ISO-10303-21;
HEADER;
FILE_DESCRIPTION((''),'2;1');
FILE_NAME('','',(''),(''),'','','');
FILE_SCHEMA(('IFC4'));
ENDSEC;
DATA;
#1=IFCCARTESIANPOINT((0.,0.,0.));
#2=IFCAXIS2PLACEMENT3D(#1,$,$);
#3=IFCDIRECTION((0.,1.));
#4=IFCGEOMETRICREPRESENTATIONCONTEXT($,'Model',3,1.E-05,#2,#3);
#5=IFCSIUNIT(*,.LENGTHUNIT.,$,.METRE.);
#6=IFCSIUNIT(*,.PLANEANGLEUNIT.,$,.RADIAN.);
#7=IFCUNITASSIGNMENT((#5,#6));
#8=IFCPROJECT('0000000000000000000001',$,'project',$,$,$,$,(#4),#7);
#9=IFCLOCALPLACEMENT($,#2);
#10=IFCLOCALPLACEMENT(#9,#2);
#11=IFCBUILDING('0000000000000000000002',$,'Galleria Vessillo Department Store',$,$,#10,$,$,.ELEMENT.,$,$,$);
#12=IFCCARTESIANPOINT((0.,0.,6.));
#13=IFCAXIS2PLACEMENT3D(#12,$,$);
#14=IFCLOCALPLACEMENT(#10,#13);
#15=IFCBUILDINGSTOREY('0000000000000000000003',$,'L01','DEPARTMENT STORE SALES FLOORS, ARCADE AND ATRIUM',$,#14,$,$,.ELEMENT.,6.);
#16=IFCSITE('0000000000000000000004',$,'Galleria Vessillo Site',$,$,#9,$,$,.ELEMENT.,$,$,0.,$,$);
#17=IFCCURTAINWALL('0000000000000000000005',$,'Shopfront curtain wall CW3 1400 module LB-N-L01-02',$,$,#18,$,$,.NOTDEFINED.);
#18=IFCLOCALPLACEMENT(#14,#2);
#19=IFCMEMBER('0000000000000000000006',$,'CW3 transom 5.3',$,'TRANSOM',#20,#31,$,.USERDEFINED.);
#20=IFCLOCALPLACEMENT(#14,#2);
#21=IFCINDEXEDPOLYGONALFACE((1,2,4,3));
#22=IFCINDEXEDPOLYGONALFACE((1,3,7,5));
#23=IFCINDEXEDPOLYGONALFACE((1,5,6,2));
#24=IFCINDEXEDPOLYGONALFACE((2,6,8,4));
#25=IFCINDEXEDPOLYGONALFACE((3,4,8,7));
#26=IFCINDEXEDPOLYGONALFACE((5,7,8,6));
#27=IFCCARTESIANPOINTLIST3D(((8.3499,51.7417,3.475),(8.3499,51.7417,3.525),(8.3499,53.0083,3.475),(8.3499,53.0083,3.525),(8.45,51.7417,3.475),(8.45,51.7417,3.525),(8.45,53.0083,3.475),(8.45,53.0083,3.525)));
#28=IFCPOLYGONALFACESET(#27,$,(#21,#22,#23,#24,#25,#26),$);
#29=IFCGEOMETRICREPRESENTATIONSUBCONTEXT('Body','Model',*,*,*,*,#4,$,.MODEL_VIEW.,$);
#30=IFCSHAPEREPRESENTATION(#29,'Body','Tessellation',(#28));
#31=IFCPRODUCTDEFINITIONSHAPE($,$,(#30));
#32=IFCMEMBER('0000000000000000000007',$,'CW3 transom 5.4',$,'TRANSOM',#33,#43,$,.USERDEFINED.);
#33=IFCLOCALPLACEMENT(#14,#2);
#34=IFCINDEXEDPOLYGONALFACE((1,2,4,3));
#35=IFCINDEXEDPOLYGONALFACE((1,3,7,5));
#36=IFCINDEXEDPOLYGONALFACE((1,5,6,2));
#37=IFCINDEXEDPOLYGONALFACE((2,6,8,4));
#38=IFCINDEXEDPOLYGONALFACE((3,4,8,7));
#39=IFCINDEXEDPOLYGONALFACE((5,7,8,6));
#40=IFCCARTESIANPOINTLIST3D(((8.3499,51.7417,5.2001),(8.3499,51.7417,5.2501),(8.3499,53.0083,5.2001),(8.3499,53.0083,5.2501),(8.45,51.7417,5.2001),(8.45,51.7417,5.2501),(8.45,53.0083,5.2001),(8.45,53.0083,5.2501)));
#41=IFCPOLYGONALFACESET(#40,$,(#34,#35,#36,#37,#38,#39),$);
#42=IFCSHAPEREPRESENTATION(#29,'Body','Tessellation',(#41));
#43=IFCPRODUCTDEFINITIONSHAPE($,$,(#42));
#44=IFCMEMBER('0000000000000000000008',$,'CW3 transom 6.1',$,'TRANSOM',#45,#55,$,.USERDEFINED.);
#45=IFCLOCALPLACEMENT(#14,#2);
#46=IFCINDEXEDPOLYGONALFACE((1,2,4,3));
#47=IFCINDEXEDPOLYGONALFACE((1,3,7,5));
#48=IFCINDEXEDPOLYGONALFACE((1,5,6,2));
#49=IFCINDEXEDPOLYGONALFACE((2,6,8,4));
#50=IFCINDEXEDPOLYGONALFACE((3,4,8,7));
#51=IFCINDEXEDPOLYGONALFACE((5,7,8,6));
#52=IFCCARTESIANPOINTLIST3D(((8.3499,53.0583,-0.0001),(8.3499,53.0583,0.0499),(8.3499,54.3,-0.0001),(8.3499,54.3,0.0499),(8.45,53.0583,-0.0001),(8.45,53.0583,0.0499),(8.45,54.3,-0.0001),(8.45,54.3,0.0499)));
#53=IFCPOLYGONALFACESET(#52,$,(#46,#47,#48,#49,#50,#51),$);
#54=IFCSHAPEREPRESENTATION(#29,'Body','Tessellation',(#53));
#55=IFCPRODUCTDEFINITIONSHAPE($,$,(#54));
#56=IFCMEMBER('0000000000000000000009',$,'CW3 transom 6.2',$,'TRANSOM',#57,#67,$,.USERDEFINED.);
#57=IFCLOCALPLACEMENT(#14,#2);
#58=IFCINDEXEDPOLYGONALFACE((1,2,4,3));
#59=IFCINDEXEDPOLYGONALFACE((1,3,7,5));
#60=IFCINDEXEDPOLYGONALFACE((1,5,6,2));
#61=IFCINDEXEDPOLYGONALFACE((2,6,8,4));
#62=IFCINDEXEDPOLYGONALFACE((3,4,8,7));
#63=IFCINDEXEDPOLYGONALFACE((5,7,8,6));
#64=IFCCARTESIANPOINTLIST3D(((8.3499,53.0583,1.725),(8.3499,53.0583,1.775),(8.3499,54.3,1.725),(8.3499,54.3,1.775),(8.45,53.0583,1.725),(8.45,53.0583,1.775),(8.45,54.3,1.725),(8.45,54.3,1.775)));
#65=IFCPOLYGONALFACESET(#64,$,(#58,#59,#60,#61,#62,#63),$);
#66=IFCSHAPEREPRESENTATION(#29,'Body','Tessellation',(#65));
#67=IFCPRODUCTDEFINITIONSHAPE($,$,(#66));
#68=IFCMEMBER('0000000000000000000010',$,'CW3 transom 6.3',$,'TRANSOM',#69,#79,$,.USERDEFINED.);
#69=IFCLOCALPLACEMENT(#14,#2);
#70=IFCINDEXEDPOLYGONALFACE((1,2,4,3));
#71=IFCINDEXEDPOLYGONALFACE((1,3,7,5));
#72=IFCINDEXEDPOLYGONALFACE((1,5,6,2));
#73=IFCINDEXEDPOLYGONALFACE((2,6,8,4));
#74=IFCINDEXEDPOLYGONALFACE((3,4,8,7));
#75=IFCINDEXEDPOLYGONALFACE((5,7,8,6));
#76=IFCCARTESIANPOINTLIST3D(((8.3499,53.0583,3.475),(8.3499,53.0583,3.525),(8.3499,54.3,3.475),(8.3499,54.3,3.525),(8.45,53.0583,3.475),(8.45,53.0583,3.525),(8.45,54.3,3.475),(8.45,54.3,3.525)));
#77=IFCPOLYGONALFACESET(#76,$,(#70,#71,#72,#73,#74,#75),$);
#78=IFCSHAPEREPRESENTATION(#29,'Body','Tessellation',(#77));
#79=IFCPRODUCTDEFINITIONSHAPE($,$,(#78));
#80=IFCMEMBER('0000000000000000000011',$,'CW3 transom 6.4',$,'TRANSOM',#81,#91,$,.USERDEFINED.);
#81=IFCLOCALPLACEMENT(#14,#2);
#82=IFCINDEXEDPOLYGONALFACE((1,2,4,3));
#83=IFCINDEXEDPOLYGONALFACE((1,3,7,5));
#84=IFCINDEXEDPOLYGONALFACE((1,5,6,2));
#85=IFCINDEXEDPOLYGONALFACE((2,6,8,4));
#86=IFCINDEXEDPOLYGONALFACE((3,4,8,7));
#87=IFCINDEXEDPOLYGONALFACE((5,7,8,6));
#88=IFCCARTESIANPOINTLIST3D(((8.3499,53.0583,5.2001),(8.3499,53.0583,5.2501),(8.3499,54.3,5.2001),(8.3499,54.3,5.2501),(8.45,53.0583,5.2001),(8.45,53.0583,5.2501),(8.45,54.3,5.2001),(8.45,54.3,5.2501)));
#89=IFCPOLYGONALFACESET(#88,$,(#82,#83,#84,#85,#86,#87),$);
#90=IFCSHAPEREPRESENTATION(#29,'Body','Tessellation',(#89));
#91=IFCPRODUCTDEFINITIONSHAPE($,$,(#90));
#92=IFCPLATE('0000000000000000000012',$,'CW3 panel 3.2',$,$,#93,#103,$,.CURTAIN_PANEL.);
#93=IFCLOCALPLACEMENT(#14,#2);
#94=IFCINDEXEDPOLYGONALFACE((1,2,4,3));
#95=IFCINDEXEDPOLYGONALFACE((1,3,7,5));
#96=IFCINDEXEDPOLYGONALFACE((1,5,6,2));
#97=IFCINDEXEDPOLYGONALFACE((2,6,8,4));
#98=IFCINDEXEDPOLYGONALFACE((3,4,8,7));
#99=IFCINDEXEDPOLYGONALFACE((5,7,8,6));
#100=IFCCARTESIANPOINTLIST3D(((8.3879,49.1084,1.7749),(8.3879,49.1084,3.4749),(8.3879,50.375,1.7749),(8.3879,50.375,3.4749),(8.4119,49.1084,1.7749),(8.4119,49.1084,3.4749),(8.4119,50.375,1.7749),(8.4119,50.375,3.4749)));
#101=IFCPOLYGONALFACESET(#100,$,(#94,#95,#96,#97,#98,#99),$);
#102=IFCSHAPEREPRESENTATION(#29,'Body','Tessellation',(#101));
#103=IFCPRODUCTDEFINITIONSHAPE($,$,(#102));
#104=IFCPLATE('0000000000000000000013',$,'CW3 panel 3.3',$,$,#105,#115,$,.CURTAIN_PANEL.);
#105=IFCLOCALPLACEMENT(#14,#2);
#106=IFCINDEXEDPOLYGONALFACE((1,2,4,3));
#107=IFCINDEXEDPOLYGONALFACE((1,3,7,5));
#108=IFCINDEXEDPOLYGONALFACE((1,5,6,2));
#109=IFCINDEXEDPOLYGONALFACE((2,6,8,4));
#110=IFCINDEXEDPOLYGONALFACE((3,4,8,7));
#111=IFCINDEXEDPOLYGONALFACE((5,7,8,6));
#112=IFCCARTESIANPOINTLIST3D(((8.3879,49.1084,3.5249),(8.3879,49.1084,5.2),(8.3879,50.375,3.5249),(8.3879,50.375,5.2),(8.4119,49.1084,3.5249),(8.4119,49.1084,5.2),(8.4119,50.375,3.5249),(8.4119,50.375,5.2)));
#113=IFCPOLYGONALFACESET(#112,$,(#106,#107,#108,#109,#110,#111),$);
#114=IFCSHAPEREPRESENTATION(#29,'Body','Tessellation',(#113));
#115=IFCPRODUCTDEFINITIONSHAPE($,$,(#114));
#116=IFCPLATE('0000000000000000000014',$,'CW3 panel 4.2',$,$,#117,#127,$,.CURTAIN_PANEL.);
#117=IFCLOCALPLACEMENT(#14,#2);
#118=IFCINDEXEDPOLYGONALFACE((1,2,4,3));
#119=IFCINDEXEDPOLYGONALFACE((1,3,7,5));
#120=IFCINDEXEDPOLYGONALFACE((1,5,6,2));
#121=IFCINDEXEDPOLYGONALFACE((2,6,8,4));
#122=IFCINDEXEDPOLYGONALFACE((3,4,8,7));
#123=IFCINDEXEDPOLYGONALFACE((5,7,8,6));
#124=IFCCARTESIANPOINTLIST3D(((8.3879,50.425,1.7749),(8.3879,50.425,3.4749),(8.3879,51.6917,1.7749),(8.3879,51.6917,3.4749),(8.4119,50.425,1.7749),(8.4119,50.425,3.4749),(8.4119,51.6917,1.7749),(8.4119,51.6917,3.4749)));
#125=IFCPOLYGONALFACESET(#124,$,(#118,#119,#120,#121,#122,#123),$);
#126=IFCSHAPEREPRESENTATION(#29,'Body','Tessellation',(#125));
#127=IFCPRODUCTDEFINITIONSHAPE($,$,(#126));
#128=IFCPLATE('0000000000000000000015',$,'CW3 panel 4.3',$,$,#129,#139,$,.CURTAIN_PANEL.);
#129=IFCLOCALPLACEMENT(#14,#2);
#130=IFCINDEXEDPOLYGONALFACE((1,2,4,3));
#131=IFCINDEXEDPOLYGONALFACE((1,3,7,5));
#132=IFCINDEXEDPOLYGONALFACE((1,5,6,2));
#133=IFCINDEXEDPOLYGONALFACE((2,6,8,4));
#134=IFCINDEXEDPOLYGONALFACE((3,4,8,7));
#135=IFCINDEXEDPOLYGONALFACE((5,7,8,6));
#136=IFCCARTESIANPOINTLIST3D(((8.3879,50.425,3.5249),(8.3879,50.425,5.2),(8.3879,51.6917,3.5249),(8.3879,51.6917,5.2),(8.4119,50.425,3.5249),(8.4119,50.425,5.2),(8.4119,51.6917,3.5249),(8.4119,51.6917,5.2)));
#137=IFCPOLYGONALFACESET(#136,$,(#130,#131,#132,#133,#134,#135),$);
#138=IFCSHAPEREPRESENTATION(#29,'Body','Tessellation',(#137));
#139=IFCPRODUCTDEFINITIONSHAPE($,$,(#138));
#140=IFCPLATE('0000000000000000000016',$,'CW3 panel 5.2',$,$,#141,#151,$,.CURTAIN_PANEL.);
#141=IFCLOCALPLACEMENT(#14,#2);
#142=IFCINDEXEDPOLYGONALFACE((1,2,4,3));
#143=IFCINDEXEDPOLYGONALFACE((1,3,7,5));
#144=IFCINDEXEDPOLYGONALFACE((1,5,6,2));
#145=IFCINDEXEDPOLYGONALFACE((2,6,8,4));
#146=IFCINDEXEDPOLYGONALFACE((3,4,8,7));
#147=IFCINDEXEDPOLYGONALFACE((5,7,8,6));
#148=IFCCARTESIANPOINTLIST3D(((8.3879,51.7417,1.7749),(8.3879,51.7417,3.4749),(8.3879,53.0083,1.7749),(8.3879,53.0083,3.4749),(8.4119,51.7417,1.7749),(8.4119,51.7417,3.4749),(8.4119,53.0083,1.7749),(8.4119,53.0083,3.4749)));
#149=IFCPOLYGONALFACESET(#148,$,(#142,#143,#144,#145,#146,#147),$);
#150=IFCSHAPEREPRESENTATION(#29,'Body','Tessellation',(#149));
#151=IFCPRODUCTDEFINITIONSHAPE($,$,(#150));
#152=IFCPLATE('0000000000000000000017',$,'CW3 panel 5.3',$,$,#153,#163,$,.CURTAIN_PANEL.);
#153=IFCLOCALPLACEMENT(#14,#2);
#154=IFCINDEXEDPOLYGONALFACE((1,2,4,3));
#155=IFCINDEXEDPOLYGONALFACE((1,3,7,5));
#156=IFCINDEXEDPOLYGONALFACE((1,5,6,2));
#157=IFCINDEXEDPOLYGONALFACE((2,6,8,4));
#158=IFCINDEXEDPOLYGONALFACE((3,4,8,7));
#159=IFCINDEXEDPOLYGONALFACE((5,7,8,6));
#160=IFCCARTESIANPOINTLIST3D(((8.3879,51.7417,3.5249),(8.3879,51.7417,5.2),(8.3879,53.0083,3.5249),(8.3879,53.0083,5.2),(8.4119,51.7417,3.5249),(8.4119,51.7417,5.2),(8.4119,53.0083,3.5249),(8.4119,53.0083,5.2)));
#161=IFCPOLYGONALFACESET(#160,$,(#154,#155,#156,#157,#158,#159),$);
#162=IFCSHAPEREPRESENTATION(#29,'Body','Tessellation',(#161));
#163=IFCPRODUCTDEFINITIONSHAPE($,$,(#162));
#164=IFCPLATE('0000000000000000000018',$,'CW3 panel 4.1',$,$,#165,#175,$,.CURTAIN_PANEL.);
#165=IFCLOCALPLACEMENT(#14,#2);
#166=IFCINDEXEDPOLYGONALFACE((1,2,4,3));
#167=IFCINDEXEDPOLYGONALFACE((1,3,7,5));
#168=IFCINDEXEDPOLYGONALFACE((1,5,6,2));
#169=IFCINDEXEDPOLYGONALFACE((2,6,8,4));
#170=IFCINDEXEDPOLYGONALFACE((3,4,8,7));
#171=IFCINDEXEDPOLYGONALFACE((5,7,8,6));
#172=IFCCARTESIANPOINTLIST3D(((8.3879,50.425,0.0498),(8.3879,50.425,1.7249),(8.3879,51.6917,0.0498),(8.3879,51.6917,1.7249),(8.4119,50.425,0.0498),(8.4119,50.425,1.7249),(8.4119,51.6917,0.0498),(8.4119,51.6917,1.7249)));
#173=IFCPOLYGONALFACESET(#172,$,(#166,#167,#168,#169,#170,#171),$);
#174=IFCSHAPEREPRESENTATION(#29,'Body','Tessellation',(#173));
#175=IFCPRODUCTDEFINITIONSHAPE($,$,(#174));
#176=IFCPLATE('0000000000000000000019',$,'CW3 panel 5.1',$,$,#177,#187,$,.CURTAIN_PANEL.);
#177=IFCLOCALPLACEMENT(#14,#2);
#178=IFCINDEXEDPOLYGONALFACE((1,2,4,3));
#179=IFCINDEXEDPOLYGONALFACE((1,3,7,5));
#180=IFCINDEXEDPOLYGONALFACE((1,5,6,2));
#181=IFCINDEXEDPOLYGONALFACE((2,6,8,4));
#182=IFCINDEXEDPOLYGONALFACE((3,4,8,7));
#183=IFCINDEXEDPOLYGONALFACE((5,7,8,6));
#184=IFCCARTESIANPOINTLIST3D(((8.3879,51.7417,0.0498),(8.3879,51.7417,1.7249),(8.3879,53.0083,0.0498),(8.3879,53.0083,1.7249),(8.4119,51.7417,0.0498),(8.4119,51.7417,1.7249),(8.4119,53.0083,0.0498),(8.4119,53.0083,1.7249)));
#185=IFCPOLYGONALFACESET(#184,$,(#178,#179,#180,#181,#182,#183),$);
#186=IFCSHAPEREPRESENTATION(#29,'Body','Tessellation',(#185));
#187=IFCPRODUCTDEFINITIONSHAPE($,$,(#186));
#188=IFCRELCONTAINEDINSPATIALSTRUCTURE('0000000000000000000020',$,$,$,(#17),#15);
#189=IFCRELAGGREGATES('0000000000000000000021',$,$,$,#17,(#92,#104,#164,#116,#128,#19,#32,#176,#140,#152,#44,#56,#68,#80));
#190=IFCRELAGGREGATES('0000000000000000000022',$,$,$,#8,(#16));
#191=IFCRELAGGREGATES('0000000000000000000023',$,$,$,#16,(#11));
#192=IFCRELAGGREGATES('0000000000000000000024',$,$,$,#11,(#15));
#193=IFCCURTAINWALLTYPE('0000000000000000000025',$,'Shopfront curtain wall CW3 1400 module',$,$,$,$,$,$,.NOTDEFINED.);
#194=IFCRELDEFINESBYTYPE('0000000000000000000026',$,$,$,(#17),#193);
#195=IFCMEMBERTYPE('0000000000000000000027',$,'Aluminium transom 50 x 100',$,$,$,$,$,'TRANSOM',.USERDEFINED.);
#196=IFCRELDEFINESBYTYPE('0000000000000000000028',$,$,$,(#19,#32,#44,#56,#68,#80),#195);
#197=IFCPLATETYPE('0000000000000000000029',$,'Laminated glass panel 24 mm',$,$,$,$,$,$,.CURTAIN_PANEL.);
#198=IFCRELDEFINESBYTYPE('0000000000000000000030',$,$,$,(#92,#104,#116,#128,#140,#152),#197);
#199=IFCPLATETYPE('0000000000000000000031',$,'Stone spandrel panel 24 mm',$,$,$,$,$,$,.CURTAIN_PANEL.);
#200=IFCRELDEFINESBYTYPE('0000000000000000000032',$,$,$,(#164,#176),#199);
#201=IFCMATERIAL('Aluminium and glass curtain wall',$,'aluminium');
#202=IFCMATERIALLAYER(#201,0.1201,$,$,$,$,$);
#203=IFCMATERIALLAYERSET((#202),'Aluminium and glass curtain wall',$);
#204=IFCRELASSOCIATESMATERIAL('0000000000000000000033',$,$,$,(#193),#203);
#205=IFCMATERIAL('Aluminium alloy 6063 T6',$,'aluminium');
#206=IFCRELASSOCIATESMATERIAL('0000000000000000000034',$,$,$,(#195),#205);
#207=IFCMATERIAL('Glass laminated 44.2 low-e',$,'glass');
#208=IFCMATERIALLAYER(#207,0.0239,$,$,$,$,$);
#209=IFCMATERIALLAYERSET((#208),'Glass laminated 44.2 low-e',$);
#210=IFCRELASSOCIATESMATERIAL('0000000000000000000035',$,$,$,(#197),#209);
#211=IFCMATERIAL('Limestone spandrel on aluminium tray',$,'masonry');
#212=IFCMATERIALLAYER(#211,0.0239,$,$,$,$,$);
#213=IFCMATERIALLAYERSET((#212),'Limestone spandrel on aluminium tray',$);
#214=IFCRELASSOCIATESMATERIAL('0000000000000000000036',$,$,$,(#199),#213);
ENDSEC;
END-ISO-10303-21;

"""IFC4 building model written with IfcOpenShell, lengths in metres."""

from ifc_helpers import new_model, si_unit, direction, frame, origin, origin_2d, place, context, subcontext, project, spatial, rectangle, extrude, material, layer, layer_set, material_profile, profile_set, type_object, element, aggregate, save


model = new_model("IFC4")

# Units and contexts
model_context = context("Model", 3, precision=1e-05, world=origin(), true_north=direction((0.0, 1.0)))
body_context = subcontext(model_context, "Body", "Model", "MODEL_VIEW")
ifc_project = project(units=[si_unit("LENGTHUNIT", "METRE"), si_unit("PLANEANGLEUNIT", "RADIAN")], contexts=[model_context])

# Site, building, storey
site_placement = place(None, origin())
site = spatial("IfcSite", under=ifc_project, at=site_placement, Name="Galleria Vessillo Site", CompositionType="ELEMENT", RefElevation=0.0)
building_placement = place(site_placement, origin())
building = spatial("IfcBuilding", under=site, at=building_placement, Name="Galleria Vessillo Department Store", CompositionType="ELEMENT")
storey_placement = place(building_placement, frame((0.0, 0.0, 6.0)))
storey = spatial("IfcBuildingStorey", under=building, at=storey_placement, Name="L01", Description="DEPARTMENT STORE SALES FLOORS, ARCADE AND ATRIUM", CompositionType="ELEMENT", Elevation=6.0)

# Curtain wall, members, plates
ifc_material_1 = material(Name="Aluminium and glass curtain wall", Category="aluminium")
ifc_layer_1 = layer(ifc_material_1, 0.1201)
ifc_layer_set_1 = layer_set([ifc_layer_1], Name="Aluminium and glass curtain wall")
curtain_wall_type = type_object("IfcCurtainWallType", Name="Shopfront curtain wall CW3 1400 module", PredefinedType="NOTDEFINED", material=ifc_layer_set_1)
curtain_wall_placement = place(storey_placement, origin())
curtain_wall = element("IfcCurtainWall", 1, at=curtain_wall_placement, inside=storey, type_object=curtain_wall_type, Name="Shopfront curtain wall CW3 1400 module LB-N-L01-02", PredefinedType="NOTDEFINED")
ifc_material_2 = material(Name="Aluminium alloy 6063 T6", Category="aluminium")
ifc_material_profile_1 = material_profile(ifc_material_2, rectangle(XDim=0.1001, YDim=0.05, at=origin_2d()), Name="AL 50x100")
ifc_profile_set_1 = profile_set([ifc_material_profile_1], Name="Aluminium alloy 6063 T6")
member_type_1 = type_object("IfcMemberType", Name="Aluminium transom 50 x 100", ElementType="TRANSOM", PredefinedType="USERDEFINED", material=ifc_profile_set_1)
member_1_placement = place(storey_placement, frame((8.3999, 51.7417, 3.5), z_axis=(0.0, 1.0, 0.0), x_axis=(-1.0, 0.0, 0.0)))
member_1 = element("IfcMember", 2, at=member_1_placement, type_object=member_type_1, Name="CW3 transom 5.3", ObjectType="TRANSOM", PredefinedType="USERDEFINED", context=body_context, shape_type="SweptSolid", body=[
    extrude(rectangle(XDim=0.1001, YDim=0.05, at=origin_2d()), origin(), (0.0, 0.0, 1.0), 1.2666),
])
member_2_placement = place(storey_placement, frame((8.3999, 51.7417, 5.2251), z_axis=(0.0, 1.0, 0.0), x_axis=(-1.0, 0.0, 0.0)))
member_2 = element("IfcMember", 3, at=member_2_placement, type_object=member_type_1, Name="CW3 transom 5.4", ObjectType="TRANSOM", PredefinedType="USERDEFINED", context=body_context, shape_type="SweptSolid", body=[
    extrude(rectangle(XDim=0.1001, YDim=0.05, at=origin_2d()), origin(), (0.0, 0.0, 1.0), 1.2666),
])
member_3_placement = place(storey_placement, frame((8.3999, 53.0583, 0.0249), z_axis=(0.0, 1.0, 0.0), x_axis=(-1.0, 0.0, 0.0)))
member_3 = element("IfcMember", 4, at=member_3_placement, type_object=member_type_1, Name="CW3 transom 6.1", ObjectType="TRANSOM", PredefinedType="USERDEFINED", context=body_context, shape_type="SweptSolid", body=[
    extrude(rectangle(XDim=0.1001, YDim=0.05, at=origin_2d()), origin(), (0.0, 0.0, 1.0), 1.2417),
])
member_4_placement = place(storey_placement, frame((8.3999, 53.0583, 1.75), z_axis=(0.0, 1.0, 0.0), x_axis=(-1.0, 0.0, 0.0)))
member_4 = element("IfcMember", 5, at=member_4_placement, type_object=member_type_1, Name="CW3 transom 6.2", ObjectType="TRANSOM", PredefinedType="USERDEFINED", context=body_context, shape_type="SweptSolid", body=[
    extrude(rectangle(XDim=0.1001, YDim=0.05, at=origin_2d()), origin(), (0.0, 0.0, 1.0), 1.2417),
])
member_5_placement = place(storey_placement, frame((8.3999, 53.0583, 3.5), z_axis=(0.0, 1.0, 0.0), x_axis=(-1.0, 0.0, 0.0)))
member_5 = element("IfcMember", 6, at=member_5_placement, type_object=member_type_1, Name="CW3 transom 6.3", ObjectType="TRANSOM", PredefinedType="USERDEFINED", context=body_context, shape_type="SweptSolid", body=[
    extrude(rectangle(XDim=0.1001, YDim=0.05, at=origin_2d()), origin(), (0.0, 0.0, 1.0), 1.2417),
])
member_6_placement = place(storey_placement, frame((8.3999, 53.0583, 5.2251), z_axis=(0.0, 1.0, 0.0), x_axis=(-1.0, 0.0, 0.0)))
member_6 = element("IfcMember", 7, at=member_6_placement, type_object=member_type_1, Name="CW3 transom 6.4", ObjectType="TRANSOM", PredefinedType="USERDEFINED", context=body_context, shape_type="SweptSolid", body=[
    extrude(rectangle(XDim=0.1001, YDim=0.05, at=origin_2d()), origin(), (0.0, 0.0, 1.0), 1.2417),
])
ifc_material_3 = material(Name="Glass laminated 44.2 low-e", Category="glass")
ifc_layer_2 = layer(ifc_material_3, 0.0239)
ifc_layer_set_2 = layer_set([ifc_layer_2], Name="Glass laminated 44.2 low-e")
plate_type_1 = type_object("IfcPlateType", Name="Laminated glass panel 24 mm", PredefinedType="CURTAIN_PANEL", material=ifc_layer_set_2)
plate_1_placement = place(storey_placement, frame((8.3999, 49.7417, 1.7749), z_axis=(0.0, 0.0, 1.0), x_axis=(0.0, 1.0, 0.0)))
plate_1 = element("IfcPlate", 8, at=plate_1_placement, type_object=plate_type_1, Name="CW3 panel 3.2", PredefinedType="CURTAIN_PANEL", context=body_context, shape_type="SweptSolid", body=[
    extrude(rectangle(XDim=1.2666, YDim=0.0239, at=origin_2d()), origin(), (0.0, 0.0, 1.0), 1.7),
])
plate_2_placement = place(storey_placement, frame((8.3999, 49.7417, 3.5249), z_axis=(0.0, 0.0, 1.0), x_axis=(0.0, 1.0, 0.0)))
plate_2 = element("IfcPlate", 9, at=plate_2_placement, type_object=plate_type_1, Name="CW3 panel 3.3", PredefinedType="CURTAIN_PANEL", context=body_context, shape_type="SweptSolid", body=[
    extrude(rectangle(XDim=1.2666, YDim=0.0239, at=origin_2d()), origin(), (0.0, 0.0, 1.0), 1.675),
])
plate_3_placement = place(storey_placement, frame((8.3999, 51.0583, 1.7749), z_axis=(0.0, 0.0, 1.0), x_axis=(0.0, 1.0, 0.0)))
plate_3 = element("IfcPlate", 10, at=plate_3_placement, type_object=plate_type_1, Name="CW3 panel 4.2", PredefinedType="CURTAIN_PANEL", context=body_context, shape_type="SweptSolid", body=[
    extrude(rectangle(XDim=1.2666, YDim=0.0239, at=origin_2d()), origin(), (0.0, 0.0, 1.0), 1.7),
])
plate_4_placement = place(storey_placement, frame((8.3999, 51.0583, 3.5249), z_axis=(0.0, 0.0, 1.0), x_axis=(0.0, 1.0, 0.0)))
plate_4 = element("IfcPlate", 11, at=plate_4_placement, type_object=plate_type_1, Name="CW3 panel 4.3", PredefinedType="CURTAIN_PANEL", context=body_context, shape_type="SweptSolid", body=[
    extrude(rectangle(XDim=1.2666, YDim=0.0239, at=origin_2d()), origin(), (0.0, 0.0, 1.0), 1.675),
])
plate_5_placement = place(storey_placement, frame((8.3999, 52.375, 1.7749), z_axis=(0.0, 0.0, 1.0), x_axis=(0.0, 1.0, 0.0)))
plate_5 = element("IfcPlate", 12, at=plate_5_placement, type_object=plate_type_1, Name="CW3 panel 5.2", PredefinedType="CURTAIN_PANEL", context=body_context, shape_type="SweptSolid", body=[
    extrude(rectangle(XDim=1.2666, YDim=0.0239, at=origin_2d()), origin(), (0.0, 0.0, 1.0), 1.7),
])
plate_6_placement = place(storey_placement, frame((8.3999, 52.375, 3.5249), z_axis=(0.0, 0.0, 1.0), x_axis=(0.0, 1.0, 0.0)))
plate_6 = element("IfcPlate", 13, at=plate_6_placement, type_object=plate_type_1, Name="CW3 panel 5.3", PredefinedType="CURTAIN_PANEL", context=body_context, shape_type="SweptSolid", body=[
    extrude(rectangle(XDim=1.2666, YDim=0.0239, at=origin_2d()), origin(), (0.0, 0.0, 1.0), 1.675),
])
ifc_material_4 = material(Name="Limestone spandrel on aluminium tray", Category="masonry")
ifc_layer_3 = layer(ifc_material_4, 0.0239)
ifc_layer_set_3 = layer_set([ifc_layer_3], Name="Limestone spandrel on aluminium tray")
plate_type_2 = type_object("IfcPlateType", Name="Stone spandrel panel 24 mm", PredefinedType="CURTAIN_PANEL", material=ifc_layer_set_3)
plate_7_placement = place(storey_placement, frame((8.3999, 51.0583, 0.0498), z_axis=(0.0, 0.0, 1.0), x_axis=(0.0, 1.0, 0.0)))
plate_7 = element("IfcPlate", 14, at=plate_7_placement, type_object=plate_type_2, Name="CW3 panel 4.1", PredefinedType="CURTAIN_PANEL", context=body_context, shape_type="SweptSolid", body=[
    extrude(rectangle(XDim=1.2666, YDim=0.0239, at=origin_2d()), origin(), (0.0, 0.0, 1.0), 1.675),
])
plate_8_placement = place(storey_placement, frame((8.3999, 52.375, 0.0498), z_axis=(0.0, 0.0, 1.0), x_axis=(0.0, 1.0, 0.0)))
plate_8 = element("IfcPlate", 15, at=plate_8_placement, type_object=plate_type_2, Name="CW3 panel 5.1", PredefinedType="CURTAIN_PANEL", context=body_context, shape_type="SweptSolid", body=[
    extrude(rectangle(XDim=1.2666, YDim=0.0239, at=origin_2d()), origin(), (0.0, 0.0, 1.0), 1.675),
])
aggregate(curtain_wall, [plate_1, plate_2, plate_7, plate_3, plate_4, member_1, member_2, plate_8, plate_5, plate_6, member_3, member_4, member_5, member_6])

save(model, "model.ifc")
